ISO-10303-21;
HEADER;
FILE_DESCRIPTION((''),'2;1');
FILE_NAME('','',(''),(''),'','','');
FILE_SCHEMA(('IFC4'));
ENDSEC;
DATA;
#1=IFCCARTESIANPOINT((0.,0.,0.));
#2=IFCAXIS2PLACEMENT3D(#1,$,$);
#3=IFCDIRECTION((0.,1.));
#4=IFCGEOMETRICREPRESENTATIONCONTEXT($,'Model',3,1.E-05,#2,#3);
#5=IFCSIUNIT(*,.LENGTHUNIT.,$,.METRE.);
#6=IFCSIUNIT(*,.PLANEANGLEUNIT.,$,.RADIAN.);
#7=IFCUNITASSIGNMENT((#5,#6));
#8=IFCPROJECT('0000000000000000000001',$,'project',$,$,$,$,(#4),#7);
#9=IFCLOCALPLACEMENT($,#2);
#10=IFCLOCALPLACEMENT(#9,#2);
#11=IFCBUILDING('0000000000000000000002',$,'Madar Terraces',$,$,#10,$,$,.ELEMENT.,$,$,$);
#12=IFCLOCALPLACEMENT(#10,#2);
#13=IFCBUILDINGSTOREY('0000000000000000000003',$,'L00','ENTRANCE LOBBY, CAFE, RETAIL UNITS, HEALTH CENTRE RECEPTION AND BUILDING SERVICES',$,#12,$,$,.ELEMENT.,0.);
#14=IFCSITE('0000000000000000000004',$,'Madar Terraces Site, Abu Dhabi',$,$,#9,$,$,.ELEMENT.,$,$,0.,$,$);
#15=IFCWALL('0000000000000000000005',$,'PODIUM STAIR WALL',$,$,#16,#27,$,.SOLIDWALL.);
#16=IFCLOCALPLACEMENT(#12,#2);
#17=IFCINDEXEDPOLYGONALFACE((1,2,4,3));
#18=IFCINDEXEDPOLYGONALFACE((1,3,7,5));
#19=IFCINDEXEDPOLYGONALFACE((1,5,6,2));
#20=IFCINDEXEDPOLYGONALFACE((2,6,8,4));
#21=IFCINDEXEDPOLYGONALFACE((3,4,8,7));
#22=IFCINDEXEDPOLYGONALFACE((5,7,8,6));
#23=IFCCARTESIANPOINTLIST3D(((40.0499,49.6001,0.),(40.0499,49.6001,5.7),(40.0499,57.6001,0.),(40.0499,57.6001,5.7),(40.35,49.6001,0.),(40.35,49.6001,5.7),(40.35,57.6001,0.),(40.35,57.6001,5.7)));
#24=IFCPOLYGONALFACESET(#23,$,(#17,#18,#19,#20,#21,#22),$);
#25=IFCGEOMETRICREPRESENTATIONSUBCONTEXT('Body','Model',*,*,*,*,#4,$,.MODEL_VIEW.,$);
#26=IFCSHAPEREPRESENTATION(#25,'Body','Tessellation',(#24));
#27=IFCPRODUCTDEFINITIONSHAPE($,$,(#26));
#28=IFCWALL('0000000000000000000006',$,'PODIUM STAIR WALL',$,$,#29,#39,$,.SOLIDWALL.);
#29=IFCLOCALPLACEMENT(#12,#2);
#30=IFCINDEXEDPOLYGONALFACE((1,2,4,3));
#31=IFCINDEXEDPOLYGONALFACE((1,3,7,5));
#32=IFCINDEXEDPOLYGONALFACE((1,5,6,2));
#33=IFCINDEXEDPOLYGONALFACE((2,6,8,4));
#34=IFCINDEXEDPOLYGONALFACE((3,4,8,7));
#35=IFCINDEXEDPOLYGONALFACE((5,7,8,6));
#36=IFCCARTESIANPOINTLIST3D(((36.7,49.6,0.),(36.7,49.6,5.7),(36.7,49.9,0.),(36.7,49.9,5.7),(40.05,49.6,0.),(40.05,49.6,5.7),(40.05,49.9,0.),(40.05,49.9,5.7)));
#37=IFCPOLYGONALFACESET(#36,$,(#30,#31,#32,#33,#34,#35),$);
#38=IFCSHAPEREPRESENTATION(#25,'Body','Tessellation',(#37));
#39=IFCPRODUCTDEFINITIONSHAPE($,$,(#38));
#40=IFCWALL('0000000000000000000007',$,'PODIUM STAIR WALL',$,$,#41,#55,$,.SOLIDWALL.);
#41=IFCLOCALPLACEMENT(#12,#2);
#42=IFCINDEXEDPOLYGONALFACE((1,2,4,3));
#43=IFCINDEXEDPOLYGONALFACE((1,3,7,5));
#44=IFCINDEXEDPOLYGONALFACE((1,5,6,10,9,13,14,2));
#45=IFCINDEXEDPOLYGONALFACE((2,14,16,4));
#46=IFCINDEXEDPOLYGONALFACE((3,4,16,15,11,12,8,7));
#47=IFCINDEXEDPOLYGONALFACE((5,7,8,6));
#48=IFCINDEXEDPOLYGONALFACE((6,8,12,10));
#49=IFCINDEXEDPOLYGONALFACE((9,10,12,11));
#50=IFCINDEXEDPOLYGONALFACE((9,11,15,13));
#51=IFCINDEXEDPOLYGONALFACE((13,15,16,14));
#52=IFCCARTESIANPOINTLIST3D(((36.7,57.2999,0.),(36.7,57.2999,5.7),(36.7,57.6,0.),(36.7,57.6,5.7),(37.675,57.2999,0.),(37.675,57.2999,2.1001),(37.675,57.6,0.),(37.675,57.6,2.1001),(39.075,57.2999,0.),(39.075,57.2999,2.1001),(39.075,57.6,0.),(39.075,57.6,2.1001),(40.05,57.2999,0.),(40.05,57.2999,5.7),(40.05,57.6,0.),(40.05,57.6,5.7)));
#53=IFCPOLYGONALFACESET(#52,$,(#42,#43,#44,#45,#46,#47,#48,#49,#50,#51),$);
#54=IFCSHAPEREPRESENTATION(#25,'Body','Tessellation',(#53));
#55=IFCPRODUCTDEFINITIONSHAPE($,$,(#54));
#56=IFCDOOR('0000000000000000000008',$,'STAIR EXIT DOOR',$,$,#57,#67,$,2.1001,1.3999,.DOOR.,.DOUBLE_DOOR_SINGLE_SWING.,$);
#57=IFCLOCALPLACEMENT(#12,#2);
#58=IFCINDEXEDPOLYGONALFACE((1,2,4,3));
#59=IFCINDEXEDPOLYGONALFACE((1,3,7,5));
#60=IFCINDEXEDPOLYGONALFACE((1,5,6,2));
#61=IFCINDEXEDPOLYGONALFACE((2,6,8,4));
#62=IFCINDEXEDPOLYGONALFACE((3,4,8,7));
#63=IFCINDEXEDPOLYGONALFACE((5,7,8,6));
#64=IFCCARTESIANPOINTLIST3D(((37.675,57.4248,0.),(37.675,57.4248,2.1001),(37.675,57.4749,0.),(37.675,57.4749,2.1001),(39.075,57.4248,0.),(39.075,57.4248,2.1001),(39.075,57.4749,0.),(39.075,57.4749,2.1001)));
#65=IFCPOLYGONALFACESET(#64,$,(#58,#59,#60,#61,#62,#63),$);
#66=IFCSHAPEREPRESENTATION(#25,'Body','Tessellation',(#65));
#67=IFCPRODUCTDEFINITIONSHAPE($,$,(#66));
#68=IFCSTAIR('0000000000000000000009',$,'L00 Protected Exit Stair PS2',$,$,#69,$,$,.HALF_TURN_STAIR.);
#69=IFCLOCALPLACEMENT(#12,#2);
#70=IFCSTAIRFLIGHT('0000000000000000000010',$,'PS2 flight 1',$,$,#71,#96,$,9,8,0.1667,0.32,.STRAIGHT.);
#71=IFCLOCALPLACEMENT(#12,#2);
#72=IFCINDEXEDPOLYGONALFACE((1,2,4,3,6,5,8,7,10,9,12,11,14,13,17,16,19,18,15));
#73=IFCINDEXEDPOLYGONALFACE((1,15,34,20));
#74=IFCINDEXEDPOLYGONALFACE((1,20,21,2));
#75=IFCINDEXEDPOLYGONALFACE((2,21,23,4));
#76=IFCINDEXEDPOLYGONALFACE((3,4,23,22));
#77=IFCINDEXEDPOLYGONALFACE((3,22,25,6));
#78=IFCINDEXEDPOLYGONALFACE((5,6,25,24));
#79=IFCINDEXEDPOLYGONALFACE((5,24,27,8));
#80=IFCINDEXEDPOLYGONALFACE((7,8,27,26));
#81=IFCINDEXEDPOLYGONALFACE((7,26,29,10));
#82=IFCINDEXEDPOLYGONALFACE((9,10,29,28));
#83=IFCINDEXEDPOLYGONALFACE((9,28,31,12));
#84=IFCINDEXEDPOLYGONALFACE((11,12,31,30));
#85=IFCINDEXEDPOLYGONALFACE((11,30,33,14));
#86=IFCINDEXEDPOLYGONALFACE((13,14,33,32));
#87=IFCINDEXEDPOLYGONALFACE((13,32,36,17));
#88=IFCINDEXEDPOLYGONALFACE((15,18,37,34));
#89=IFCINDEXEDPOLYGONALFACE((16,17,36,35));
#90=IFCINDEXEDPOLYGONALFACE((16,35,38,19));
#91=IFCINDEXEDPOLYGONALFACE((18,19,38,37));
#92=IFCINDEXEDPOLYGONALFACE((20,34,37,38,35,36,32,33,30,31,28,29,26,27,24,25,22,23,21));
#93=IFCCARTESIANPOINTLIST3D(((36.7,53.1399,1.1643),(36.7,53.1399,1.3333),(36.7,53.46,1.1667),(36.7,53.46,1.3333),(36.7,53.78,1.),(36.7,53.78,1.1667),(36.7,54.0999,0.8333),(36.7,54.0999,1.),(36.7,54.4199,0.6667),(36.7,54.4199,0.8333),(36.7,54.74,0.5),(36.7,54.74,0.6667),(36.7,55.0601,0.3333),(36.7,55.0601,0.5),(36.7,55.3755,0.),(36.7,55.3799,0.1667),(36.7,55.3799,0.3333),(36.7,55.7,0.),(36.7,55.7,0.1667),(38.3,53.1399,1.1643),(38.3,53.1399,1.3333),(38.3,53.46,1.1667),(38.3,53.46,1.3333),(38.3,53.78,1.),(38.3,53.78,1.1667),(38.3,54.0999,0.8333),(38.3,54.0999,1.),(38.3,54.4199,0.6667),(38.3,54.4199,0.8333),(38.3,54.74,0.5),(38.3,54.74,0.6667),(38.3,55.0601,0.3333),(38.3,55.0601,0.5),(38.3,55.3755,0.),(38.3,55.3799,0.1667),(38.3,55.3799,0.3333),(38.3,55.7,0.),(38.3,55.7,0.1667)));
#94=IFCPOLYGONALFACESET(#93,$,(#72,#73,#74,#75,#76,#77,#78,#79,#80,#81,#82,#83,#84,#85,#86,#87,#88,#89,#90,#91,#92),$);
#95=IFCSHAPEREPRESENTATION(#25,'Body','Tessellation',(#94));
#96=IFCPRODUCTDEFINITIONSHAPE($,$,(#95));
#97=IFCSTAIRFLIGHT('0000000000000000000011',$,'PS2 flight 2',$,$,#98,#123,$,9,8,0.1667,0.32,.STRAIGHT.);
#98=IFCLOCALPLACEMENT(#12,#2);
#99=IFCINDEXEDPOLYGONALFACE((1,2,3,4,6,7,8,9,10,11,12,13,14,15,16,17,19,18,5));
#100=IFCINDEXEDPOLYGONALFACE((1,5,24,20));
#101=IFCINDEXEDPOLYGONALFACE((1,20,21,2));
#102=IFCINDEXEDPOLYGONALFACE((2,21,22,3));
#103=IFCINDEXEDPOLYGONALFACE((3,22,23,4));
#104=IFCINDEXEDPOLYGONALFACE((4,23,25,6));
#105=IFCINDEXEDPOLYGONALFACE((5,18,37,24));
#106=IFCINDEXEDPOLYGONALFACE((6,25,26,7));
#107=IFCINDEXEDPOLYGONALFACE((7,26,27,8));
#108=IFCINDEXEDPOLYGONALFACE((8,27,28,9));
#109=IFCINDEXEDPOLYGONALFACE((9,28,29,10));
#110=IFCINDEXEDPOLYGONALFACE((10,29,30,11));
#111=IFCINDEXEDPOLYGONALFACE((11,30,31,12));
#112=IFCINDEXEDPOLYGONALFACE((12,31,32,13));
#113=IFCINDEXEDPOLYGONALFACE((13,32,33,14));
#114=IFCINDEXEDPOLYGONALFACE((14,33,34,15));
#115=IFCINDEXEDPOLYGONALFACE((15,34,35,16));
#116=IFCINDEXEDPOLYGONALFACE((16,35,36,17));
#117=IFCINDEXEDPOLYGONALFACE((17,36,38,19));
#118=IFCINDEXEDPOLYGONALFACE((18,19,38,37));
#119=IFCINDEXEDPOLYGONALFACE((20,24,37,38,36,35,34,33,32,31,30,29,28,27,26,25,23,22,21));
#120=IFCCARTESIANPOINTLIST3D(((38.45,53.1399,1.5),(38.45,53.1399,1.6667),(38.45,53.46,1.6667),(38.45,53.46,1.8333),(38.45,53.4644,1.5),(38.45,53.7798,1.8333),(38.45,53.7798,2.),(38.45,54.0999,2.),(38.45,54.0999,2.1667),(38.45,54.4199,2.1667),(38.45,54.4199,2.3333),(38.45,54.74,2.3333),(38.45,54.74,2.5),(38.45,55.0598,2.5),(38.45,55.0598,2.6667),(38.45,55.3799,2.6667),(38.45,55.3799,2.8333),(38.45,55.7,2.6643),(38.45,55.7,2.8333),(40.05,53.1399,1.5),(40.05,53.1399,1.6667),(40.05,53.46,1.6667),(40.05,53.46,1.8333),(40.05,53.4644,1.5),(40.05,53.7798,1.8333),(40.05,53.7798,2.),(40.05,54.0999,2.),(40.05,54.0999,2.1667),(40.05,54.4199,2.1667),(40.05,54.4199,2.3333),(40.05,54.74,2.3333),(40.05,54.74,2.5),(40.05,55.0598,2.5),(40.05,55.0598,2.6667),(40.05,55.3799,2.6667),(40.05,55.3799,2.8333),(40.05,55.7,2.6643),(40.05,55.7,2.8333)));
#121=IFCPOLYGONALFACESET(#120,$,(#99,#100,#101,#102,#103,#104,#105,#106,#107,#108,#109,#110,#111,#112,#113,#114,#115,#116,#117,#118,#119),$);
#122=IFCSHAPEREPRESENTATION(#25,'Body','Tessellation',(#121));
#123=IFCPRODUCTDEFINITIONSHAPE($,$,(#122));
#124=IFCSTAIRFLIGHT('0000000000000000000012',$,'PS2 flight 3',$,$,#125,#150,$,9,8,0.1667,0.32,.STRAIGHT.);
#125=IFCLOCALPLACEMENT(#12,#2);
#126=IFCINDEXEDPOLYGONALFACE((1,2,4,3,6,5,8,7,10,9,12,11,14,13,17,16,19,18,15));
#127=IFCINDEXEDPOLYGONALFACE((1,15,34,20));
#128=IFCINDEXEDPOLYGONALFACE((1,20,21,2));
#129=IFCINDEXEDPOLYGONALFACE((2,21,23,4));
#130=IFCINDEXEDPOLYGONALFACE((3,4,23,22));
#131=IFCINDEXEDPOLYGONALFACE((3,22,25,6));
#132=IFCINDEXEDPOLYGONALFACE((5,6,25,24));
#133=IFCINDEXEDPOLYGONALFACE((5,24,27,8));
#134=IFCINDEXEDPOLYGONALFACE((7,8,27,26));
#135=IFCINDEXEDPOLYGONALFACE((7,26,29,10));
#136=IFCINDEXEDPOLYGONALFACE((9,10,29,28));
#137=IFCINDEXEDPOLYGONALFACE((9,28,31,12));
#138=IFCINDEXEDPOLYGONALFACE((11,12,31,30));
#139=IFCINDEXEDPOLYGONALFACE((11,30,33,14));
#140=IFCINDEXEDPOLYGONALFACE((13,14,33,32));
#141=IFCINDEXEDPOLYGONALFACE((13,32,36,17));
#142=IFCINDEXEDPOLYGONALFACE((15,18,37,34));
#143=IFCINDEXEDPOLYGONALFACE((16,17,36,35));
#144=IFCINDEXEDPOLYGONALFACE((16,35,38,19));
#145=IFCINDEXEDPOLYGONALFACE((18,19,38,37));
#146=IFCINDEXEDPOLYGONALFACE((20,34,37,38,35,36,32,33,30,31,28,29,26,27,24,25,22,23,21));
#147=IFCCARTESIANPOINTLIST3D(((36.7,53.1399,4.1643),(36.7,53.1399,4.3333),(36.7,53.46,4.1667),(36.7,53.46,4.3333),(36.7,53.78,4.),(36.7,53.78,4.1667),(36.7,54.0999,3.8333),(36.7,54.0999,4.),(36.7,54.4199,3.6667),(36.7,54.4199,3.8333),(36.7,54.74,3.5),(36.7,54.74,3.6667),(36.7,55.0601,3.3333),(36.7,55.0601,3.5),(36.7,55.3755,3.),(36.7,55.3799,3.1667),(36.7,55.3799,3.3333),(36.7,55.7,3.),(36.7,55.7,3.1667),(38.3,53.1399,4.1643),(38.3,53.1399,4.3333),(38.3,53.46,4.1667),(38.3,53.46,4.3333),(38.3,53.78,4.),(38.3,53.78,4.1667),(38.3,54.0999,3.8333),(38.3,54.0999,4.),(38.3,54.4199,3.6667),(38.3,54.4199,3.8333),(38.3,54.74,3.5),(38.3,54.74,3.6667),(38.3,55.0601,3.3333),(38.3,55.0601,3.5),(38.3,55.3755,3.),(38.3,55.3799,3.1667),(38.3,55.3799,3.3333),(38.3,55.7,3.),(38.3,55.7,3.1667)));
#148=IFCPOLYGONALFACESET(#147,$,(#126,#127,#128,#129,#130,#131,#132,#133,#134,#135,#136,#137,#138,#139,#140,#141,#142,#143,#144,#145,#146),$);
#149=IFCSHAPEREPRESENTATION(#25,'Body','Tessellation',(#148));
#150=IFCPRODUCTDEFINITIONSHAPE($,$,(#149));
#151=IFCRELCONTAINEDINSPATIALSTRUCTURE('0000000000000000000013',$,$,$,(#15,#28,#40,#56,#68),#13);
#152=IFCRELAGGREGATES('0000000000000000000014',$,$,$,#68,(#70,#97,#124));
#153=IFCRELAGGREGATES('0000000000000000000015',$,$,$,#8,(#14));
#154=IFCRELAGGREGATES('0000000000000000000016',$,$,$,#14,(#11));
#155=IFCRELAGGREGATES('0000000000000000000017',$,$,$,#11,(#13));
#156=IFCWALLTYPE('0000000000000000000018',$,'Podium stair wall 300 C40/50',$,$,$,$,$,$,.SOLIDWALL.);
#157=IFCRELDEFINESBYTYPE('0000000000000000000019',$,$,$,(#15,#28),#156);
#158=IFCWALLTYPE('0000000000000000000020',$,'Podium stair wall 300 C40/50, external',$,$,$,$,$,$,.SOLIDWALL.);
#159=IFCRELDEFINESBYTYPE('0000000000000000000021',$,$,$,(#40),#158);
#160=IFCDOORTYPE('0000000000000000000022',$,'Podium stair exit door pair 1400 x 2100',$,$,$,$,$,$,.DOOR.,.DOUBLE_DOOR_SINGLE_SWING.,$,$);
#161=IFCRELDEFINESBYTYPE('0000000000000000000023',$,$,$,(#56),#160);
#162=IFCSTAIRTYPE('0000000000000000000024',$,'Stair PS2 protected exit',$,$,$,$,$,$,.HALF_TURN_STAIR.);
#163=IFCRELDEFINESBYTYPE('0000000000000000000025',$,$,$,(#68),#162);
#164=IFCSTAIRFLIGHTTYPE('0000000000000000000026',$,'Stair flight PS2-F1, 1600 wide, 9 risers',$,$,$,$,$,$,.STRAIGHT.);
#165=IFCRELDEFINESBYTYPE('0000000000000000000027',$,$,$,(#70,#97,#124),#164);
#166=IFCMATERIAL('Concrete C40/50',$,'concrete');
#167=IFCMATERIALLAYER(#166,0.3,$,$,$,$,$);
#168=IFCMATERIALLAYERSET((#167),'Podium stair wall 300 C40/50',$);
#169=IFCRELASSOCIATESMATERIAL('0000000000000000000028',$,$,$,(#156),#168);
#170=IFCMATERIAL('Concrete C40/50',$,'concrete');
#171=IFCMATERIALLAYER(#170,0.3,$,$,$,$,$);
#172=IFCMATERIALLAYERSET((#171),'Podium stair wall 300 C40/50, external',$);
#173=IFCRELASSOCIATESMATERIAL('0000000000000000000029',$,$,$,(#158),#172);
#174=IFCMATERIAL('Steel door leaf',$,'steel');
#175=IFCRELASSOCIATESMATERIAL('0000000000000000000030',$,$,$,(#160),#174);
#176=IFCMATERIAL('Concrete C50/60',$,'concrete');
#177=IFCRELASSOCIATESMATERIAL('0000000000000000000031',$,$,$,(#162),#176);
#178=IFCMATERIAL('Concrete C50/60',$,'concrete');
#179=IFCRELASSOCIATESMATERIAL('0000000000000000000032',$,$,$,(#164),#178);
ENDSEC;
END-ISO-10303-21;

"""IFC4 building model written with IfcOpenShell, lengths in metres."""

from ifc_helpers import new_model, si_unit, direction, frame, frame_2d, origin, place, context, subcontext, project, spatial, polyline, rectangle, outline, extrude, material, layer, layer_set, type_object, element, fill, aggregate, save


model = new_model("IFC4")

# Units and contexts
model_context = context("Model", 3, precision=1e-05, world=origin(), true_north=direction((0.0, 1.0)))
body_context = subcontext(model_context, "Body", "Model", "MODEL_VIEW")
ifc_project = project(units=[si_unit("LENGTHUNIT", "METRE"), si_unit("PLANEANGLEUNIT", "RADIAN")], contexts=[model_context])

# Site, building, storey
site_placement = place(None, origin())
site = spatial("IfcSite", under=ifc_project, at=site_placement, Name="Madar Terraces Site, Abu Dhabi", CompositionType="ELEMENT", RefElevation=0.0)
building_placement = place(site_placement, origin())
building = spatial("IfcBuilding", under=site, at=building_placement, Name="Madar Terraces", CompositionType="ELEMENT")
storey_placement = place(building_placement, origin())
storey = spatial("IfcBuildingStorey", under=building, at=storey_placement, Name="L00", Description="ENTRANCE LOBBY, CAFE, RETAIL UNITS, HEALTH CENTRE RECEPTION AND BUILDING SERVICES", CompositionType="ELEMENT", Elevation=0.0)

# Walls
ifc_material_1 = material(Name="Concrete C40/50", Category="concrete")
ifc_layer_1 = layer(ifc_material_1, 0.3)
ifc_layer_set_1 = layer_set([ifc_layer_1], Name="Podium stair wall 300 C40/50")
wall_type_1 = type_object("IfcWallType", Name="Podium stair wall 300 C40/50", PredefinedType="SOLIDWALL", material=ifc_layer_set_1)
for number, where, z_axis, x_axis, name in (
    (1, (40.2, 49.6001, 0.0), (0.0, 0.0, 1.0), (0.0, 1.0, 0.0), "PODIUM STAIR WALL"),
):
    element("IfcWall", number, at=place(storey_placement, frame(where, z_axis=z_axis, x_axis=x_axis)), inside=storey, type_object=wall_type_1, Name=name, PredefinedType="SOLIDWALL", context=body_context, shape_type="SweptSolid", body=[
        extrude(rectangle(XDim=8.0, YDim=0.3, at=frame_2d((4.0, 0.0))), origin(), (0.0, 0.0, 1.0), 5.7),
    ])
wall_1_placement = place(storey_placement, frame((36.7, 49.75, 0.0), z_axis=(0.0, 0.0, 1.0), x_axis=(1.0, 0.0, 0.0)))
element("IfcWall", 2, at=wall_1_placement, inside=storey, type_object=wall_type_1, Name="PODIUM STAIR WALL", PredefinedType="SOLIDWALL", context=body_context, shape_type="SweptSolid", body=[
    extrude(rectangle(XDim=3.3501, YDim=0.3, at=frame_2d((1.675, 0.0))), origin(), (0.0, 0.0, 1.0), 5.7),
])

# Wall, opening, door
ifc_material_2 = material(Name="Concrete C40/50", Category="concrete")
ifc_layer_2 = layer(ifc_material_2, 0.3)
ifc_layer_set_2 = layer_set([ifc_layer_2], Name="Podium stair wall 300 C40/50, external")
wall_type_2 = type_object("IfcWallType", Name="Podium stair wall 300 C40/50, external", PredefinedType="SOLIDWALL", material=ifc_layer_set_2)
wall_2_placement = place(storey_placement, frame((36.7, 57.45, 0.0), z_axis=(0.0, 0.0, 1.0), x_axis=(1.0, 0.0, 0.0)))
wall_2 = element("IfcWall", 3, at=wall_2_placement, inside=storey, type_object=wall_type_2, Name="PODIUM STAIR WALL", PredefinedType="SOLIDWALL", context=body_context, shape_type="SweptSolid", body=[
    extrude(rectangle(XDim=3.3501, YDim=0.3, at=frame_2d((1.675, 0.0))), origin(), (0.0, 0.0, 1.0), 5.7),
])
opening_placement = place(wall_2_placement, frame((0.9751, 0.0, 0.0)))
opening = element("IfcOpeningElement", 4, at=opening_placement, cuts=wall_2, PredefinedType="OPENING", context=body_context, shape_type="SweptSolid", body=[
    extrude(rectangle(XDim=1.3999, YDim=2.1001, at=frame_2d((0.7, 1.05))), frame((0.0, 0.1599, 0.0), z_axis=(0.0, -1.0, 0.0), x_axis=(1.0, 0.0, 0.0)), (0.0, 0.0, 1.0), 0.3201),
])
ifc_material_3 = material(Name="Steel door leaf", Category="steel")
door_type = type_object("IfcDoorType", Name="Podium stair exit door pair 1400 x 2100", OperationType="DOUBLE_DOOR_SINGLE_SWING", PredefinedType="DOOR", material=ifc_material_3)
door_placement = place(opening_placement, origin())
door = element("IfcDoor", 5, at=door_placement, inside=storey, type_object=door_type, Name="STAIR EXIT DOOR", OperationType="DOUBLE_DOOR_SINGLE_SWING", OverallHeight=2.1001, OverallWidth=1.3999, PredefinedType="DOOR", context=body_context, shape_type="SweptSolid", body=[
    extrude(rectangle(XDim=1.3999, YDim=2.1001, at=frame_2d((0.7, 1.05))), frame((0.0, 0.0249, 0.0), z_axis=(0.0, -1.0, 0.0), x_axis=(1.0, 0.0, 0.0)), (0.0, 0.0, 1.0), 0.05),
])
fill(opening, door)

# Stair, stair flights
ifc_material_4 = material(Name="Concrete C50/60", Category="concrete")
stair_type = type_object("IfcStairType", Name="Stair PS2 protected exit", PredefinedType="HALF_TURN_STAIR", material=ifc_material_4)
stair_placement = place(storey_placement, origin())
stair = element("IfcStair", 6, at=stair_placement, inside=storey, type_object=stair_type, Name="L00 Protected Exit Stair PS2", PredefinedType="HALF_TURN_STAIR")
ifc_material_5 = material(Name="Concrete C50/60", Category="concrete")
stair_flight_type = type_object("IfcStairFlightType", Name="Stair flight PS2-F1, 1600 wide, 9 risers", PredefinedType="STRAIGHT", material=ifc_material_5)
stair_flight_1_placement = place(storey_placement, frame((37.5, 55.7, 0.0), z_axis=(0.0, 0.0, 1.0), x_axis=(0.0, -1.0, 0.0)))
stair_flight_1 = element("IfcStairFlight", 7, at=stair_flight_1_placement, type_object=stair_flight_type, Name="PS2 flight 1", NumberOfRisers=9, NumberOfTreads=8, PredefinedType="STRAIGHT", RiserHeight=0.1667, TreadLength=0.32, context=body_context, shape_type="SweptSolid", body=[
    extrude(outline(polyline([(0.0, 0.0), (0.0, 0.1667), (0.3201, 0.1667), (0.3201, 0.3333), (0.6399, 0.3333), (0.6399, 0.5), (0.96, 0.5), (0.96, 0.6667), (1.28, 0.6667), (1.28, 0.8333), (1.6001, 0.8333), (1.6001, 1.0), (1.9199, 1.0), (1.9199, 1.1667), (2.24, 1.1667), (2.24, 1.3333), (2.5601, 1.3333), (2.5601, 1.5), (2.5601, 1.1643), (0.3245, 0.0), (0.0, 0.0)])), frame((0.0, 0.8, 0.0), z_axis=(0.0, -1.0, 0.0), x_axis=(1.0, 0.0, 0.0)), (0.0, 0.0, 1.0), 1.6001),
])
stair_flight_2_placement = place(storey_placement, frame((39.25, 53.1399, 1.5), z_axis=(0.0, 0.0, 1.0), x_axis=(0.0, 1.0, 0.0)))
stair_flight_2 = element("IfcStairFlight", 8, at=stair_flight_2_placement, type_object=stair_flight_type, Name="PS2 flight 2", NumberOfRisers=9, NumberOfTreads=8, PredefinedType="STRAIGHT", RiserHeight=0.1667, TreadLength=0.32, context=body_context, shape_type="SweptSolid", body=[
    extrude(outline(polyline([(0.0, 0.0), (0.0, 0.1667), (0.3201, 0.1667), (0.3201, 0.3333), (0.6399, 0.3333), (0.6399, 0.5), (0.96, 0.5), (0.96, 0.6667), (1.28, 0.6667), (1.28, 0.8333), (1.6001, 0.8333), (1.6001, 1.0), (1.9199, 1.0), (1.9199, 1.1667), (2.24, 1.1667), (2.24, 1.3333), (2.5601, 1.3333), (2.5601, 1.5), (2.5601, 1.1643), (0.3245, 0.0), (0.0, 0.0)])), frame((0.0, 0.8, 0.0), z_axis=(0.0, -1.0, 0.0), x_axis=(1.0, 0.0, 0.0)), (0.0, 0.0, 1.0), 1.6001),
])
stair_flight_3_placement = place(storey_placement, frame((37.5, 55.7, 3.0), z_axis=(0.0, 0.0, 1.0), x_axis=(0.0, -1.0, 0.0)))
stair_flight_3 = element("IfcStairFlight", 9, at=stair_flight_3_placement, type_object=stair_flight_type, Name="PS2 flight 3", NumberOfRisers=9, NumberOfTreads=8, PredefinedType="STRAIGHT", RiserHeight=0.1667, TreadLength=0.32, context=body_context, shape_type="SweptSolid", body=[
    extrude(outline(polyline([(0.0, 0.0), (0.0, 0.1667), (0.3201, 0.1667), (0.3201, 0.3333), (0.6399, 0.3333), (0.6399, 0.5), (0.96, 0.5), (0.96, 0.6667), (1.28, 0.6667), (1.28, 0.8333), (1.6001, 0.8333), (1.6001, 1.0), (1.9199, 1.0), (1.9199, 1.1667), (2.24, 1.1667), (2.24, 1.3333), (2.5601, 1.3333), (2.5601, 1.5), (2.5601, 1.1643), (0.3245, 0.0), (0.0, 0.0)])), frame((0.0, 0.8, 0.0), z_axis=(0.0, -1.0, 0.0), x_axis=(1.0, 0.0, 0.0)), (0.0, 0.0, 1.0), 1.6001),
])
aggregate(stair, [stair_flight_1, stair_flight_2, stair_flight_3])

save(model, "model.ifc")
